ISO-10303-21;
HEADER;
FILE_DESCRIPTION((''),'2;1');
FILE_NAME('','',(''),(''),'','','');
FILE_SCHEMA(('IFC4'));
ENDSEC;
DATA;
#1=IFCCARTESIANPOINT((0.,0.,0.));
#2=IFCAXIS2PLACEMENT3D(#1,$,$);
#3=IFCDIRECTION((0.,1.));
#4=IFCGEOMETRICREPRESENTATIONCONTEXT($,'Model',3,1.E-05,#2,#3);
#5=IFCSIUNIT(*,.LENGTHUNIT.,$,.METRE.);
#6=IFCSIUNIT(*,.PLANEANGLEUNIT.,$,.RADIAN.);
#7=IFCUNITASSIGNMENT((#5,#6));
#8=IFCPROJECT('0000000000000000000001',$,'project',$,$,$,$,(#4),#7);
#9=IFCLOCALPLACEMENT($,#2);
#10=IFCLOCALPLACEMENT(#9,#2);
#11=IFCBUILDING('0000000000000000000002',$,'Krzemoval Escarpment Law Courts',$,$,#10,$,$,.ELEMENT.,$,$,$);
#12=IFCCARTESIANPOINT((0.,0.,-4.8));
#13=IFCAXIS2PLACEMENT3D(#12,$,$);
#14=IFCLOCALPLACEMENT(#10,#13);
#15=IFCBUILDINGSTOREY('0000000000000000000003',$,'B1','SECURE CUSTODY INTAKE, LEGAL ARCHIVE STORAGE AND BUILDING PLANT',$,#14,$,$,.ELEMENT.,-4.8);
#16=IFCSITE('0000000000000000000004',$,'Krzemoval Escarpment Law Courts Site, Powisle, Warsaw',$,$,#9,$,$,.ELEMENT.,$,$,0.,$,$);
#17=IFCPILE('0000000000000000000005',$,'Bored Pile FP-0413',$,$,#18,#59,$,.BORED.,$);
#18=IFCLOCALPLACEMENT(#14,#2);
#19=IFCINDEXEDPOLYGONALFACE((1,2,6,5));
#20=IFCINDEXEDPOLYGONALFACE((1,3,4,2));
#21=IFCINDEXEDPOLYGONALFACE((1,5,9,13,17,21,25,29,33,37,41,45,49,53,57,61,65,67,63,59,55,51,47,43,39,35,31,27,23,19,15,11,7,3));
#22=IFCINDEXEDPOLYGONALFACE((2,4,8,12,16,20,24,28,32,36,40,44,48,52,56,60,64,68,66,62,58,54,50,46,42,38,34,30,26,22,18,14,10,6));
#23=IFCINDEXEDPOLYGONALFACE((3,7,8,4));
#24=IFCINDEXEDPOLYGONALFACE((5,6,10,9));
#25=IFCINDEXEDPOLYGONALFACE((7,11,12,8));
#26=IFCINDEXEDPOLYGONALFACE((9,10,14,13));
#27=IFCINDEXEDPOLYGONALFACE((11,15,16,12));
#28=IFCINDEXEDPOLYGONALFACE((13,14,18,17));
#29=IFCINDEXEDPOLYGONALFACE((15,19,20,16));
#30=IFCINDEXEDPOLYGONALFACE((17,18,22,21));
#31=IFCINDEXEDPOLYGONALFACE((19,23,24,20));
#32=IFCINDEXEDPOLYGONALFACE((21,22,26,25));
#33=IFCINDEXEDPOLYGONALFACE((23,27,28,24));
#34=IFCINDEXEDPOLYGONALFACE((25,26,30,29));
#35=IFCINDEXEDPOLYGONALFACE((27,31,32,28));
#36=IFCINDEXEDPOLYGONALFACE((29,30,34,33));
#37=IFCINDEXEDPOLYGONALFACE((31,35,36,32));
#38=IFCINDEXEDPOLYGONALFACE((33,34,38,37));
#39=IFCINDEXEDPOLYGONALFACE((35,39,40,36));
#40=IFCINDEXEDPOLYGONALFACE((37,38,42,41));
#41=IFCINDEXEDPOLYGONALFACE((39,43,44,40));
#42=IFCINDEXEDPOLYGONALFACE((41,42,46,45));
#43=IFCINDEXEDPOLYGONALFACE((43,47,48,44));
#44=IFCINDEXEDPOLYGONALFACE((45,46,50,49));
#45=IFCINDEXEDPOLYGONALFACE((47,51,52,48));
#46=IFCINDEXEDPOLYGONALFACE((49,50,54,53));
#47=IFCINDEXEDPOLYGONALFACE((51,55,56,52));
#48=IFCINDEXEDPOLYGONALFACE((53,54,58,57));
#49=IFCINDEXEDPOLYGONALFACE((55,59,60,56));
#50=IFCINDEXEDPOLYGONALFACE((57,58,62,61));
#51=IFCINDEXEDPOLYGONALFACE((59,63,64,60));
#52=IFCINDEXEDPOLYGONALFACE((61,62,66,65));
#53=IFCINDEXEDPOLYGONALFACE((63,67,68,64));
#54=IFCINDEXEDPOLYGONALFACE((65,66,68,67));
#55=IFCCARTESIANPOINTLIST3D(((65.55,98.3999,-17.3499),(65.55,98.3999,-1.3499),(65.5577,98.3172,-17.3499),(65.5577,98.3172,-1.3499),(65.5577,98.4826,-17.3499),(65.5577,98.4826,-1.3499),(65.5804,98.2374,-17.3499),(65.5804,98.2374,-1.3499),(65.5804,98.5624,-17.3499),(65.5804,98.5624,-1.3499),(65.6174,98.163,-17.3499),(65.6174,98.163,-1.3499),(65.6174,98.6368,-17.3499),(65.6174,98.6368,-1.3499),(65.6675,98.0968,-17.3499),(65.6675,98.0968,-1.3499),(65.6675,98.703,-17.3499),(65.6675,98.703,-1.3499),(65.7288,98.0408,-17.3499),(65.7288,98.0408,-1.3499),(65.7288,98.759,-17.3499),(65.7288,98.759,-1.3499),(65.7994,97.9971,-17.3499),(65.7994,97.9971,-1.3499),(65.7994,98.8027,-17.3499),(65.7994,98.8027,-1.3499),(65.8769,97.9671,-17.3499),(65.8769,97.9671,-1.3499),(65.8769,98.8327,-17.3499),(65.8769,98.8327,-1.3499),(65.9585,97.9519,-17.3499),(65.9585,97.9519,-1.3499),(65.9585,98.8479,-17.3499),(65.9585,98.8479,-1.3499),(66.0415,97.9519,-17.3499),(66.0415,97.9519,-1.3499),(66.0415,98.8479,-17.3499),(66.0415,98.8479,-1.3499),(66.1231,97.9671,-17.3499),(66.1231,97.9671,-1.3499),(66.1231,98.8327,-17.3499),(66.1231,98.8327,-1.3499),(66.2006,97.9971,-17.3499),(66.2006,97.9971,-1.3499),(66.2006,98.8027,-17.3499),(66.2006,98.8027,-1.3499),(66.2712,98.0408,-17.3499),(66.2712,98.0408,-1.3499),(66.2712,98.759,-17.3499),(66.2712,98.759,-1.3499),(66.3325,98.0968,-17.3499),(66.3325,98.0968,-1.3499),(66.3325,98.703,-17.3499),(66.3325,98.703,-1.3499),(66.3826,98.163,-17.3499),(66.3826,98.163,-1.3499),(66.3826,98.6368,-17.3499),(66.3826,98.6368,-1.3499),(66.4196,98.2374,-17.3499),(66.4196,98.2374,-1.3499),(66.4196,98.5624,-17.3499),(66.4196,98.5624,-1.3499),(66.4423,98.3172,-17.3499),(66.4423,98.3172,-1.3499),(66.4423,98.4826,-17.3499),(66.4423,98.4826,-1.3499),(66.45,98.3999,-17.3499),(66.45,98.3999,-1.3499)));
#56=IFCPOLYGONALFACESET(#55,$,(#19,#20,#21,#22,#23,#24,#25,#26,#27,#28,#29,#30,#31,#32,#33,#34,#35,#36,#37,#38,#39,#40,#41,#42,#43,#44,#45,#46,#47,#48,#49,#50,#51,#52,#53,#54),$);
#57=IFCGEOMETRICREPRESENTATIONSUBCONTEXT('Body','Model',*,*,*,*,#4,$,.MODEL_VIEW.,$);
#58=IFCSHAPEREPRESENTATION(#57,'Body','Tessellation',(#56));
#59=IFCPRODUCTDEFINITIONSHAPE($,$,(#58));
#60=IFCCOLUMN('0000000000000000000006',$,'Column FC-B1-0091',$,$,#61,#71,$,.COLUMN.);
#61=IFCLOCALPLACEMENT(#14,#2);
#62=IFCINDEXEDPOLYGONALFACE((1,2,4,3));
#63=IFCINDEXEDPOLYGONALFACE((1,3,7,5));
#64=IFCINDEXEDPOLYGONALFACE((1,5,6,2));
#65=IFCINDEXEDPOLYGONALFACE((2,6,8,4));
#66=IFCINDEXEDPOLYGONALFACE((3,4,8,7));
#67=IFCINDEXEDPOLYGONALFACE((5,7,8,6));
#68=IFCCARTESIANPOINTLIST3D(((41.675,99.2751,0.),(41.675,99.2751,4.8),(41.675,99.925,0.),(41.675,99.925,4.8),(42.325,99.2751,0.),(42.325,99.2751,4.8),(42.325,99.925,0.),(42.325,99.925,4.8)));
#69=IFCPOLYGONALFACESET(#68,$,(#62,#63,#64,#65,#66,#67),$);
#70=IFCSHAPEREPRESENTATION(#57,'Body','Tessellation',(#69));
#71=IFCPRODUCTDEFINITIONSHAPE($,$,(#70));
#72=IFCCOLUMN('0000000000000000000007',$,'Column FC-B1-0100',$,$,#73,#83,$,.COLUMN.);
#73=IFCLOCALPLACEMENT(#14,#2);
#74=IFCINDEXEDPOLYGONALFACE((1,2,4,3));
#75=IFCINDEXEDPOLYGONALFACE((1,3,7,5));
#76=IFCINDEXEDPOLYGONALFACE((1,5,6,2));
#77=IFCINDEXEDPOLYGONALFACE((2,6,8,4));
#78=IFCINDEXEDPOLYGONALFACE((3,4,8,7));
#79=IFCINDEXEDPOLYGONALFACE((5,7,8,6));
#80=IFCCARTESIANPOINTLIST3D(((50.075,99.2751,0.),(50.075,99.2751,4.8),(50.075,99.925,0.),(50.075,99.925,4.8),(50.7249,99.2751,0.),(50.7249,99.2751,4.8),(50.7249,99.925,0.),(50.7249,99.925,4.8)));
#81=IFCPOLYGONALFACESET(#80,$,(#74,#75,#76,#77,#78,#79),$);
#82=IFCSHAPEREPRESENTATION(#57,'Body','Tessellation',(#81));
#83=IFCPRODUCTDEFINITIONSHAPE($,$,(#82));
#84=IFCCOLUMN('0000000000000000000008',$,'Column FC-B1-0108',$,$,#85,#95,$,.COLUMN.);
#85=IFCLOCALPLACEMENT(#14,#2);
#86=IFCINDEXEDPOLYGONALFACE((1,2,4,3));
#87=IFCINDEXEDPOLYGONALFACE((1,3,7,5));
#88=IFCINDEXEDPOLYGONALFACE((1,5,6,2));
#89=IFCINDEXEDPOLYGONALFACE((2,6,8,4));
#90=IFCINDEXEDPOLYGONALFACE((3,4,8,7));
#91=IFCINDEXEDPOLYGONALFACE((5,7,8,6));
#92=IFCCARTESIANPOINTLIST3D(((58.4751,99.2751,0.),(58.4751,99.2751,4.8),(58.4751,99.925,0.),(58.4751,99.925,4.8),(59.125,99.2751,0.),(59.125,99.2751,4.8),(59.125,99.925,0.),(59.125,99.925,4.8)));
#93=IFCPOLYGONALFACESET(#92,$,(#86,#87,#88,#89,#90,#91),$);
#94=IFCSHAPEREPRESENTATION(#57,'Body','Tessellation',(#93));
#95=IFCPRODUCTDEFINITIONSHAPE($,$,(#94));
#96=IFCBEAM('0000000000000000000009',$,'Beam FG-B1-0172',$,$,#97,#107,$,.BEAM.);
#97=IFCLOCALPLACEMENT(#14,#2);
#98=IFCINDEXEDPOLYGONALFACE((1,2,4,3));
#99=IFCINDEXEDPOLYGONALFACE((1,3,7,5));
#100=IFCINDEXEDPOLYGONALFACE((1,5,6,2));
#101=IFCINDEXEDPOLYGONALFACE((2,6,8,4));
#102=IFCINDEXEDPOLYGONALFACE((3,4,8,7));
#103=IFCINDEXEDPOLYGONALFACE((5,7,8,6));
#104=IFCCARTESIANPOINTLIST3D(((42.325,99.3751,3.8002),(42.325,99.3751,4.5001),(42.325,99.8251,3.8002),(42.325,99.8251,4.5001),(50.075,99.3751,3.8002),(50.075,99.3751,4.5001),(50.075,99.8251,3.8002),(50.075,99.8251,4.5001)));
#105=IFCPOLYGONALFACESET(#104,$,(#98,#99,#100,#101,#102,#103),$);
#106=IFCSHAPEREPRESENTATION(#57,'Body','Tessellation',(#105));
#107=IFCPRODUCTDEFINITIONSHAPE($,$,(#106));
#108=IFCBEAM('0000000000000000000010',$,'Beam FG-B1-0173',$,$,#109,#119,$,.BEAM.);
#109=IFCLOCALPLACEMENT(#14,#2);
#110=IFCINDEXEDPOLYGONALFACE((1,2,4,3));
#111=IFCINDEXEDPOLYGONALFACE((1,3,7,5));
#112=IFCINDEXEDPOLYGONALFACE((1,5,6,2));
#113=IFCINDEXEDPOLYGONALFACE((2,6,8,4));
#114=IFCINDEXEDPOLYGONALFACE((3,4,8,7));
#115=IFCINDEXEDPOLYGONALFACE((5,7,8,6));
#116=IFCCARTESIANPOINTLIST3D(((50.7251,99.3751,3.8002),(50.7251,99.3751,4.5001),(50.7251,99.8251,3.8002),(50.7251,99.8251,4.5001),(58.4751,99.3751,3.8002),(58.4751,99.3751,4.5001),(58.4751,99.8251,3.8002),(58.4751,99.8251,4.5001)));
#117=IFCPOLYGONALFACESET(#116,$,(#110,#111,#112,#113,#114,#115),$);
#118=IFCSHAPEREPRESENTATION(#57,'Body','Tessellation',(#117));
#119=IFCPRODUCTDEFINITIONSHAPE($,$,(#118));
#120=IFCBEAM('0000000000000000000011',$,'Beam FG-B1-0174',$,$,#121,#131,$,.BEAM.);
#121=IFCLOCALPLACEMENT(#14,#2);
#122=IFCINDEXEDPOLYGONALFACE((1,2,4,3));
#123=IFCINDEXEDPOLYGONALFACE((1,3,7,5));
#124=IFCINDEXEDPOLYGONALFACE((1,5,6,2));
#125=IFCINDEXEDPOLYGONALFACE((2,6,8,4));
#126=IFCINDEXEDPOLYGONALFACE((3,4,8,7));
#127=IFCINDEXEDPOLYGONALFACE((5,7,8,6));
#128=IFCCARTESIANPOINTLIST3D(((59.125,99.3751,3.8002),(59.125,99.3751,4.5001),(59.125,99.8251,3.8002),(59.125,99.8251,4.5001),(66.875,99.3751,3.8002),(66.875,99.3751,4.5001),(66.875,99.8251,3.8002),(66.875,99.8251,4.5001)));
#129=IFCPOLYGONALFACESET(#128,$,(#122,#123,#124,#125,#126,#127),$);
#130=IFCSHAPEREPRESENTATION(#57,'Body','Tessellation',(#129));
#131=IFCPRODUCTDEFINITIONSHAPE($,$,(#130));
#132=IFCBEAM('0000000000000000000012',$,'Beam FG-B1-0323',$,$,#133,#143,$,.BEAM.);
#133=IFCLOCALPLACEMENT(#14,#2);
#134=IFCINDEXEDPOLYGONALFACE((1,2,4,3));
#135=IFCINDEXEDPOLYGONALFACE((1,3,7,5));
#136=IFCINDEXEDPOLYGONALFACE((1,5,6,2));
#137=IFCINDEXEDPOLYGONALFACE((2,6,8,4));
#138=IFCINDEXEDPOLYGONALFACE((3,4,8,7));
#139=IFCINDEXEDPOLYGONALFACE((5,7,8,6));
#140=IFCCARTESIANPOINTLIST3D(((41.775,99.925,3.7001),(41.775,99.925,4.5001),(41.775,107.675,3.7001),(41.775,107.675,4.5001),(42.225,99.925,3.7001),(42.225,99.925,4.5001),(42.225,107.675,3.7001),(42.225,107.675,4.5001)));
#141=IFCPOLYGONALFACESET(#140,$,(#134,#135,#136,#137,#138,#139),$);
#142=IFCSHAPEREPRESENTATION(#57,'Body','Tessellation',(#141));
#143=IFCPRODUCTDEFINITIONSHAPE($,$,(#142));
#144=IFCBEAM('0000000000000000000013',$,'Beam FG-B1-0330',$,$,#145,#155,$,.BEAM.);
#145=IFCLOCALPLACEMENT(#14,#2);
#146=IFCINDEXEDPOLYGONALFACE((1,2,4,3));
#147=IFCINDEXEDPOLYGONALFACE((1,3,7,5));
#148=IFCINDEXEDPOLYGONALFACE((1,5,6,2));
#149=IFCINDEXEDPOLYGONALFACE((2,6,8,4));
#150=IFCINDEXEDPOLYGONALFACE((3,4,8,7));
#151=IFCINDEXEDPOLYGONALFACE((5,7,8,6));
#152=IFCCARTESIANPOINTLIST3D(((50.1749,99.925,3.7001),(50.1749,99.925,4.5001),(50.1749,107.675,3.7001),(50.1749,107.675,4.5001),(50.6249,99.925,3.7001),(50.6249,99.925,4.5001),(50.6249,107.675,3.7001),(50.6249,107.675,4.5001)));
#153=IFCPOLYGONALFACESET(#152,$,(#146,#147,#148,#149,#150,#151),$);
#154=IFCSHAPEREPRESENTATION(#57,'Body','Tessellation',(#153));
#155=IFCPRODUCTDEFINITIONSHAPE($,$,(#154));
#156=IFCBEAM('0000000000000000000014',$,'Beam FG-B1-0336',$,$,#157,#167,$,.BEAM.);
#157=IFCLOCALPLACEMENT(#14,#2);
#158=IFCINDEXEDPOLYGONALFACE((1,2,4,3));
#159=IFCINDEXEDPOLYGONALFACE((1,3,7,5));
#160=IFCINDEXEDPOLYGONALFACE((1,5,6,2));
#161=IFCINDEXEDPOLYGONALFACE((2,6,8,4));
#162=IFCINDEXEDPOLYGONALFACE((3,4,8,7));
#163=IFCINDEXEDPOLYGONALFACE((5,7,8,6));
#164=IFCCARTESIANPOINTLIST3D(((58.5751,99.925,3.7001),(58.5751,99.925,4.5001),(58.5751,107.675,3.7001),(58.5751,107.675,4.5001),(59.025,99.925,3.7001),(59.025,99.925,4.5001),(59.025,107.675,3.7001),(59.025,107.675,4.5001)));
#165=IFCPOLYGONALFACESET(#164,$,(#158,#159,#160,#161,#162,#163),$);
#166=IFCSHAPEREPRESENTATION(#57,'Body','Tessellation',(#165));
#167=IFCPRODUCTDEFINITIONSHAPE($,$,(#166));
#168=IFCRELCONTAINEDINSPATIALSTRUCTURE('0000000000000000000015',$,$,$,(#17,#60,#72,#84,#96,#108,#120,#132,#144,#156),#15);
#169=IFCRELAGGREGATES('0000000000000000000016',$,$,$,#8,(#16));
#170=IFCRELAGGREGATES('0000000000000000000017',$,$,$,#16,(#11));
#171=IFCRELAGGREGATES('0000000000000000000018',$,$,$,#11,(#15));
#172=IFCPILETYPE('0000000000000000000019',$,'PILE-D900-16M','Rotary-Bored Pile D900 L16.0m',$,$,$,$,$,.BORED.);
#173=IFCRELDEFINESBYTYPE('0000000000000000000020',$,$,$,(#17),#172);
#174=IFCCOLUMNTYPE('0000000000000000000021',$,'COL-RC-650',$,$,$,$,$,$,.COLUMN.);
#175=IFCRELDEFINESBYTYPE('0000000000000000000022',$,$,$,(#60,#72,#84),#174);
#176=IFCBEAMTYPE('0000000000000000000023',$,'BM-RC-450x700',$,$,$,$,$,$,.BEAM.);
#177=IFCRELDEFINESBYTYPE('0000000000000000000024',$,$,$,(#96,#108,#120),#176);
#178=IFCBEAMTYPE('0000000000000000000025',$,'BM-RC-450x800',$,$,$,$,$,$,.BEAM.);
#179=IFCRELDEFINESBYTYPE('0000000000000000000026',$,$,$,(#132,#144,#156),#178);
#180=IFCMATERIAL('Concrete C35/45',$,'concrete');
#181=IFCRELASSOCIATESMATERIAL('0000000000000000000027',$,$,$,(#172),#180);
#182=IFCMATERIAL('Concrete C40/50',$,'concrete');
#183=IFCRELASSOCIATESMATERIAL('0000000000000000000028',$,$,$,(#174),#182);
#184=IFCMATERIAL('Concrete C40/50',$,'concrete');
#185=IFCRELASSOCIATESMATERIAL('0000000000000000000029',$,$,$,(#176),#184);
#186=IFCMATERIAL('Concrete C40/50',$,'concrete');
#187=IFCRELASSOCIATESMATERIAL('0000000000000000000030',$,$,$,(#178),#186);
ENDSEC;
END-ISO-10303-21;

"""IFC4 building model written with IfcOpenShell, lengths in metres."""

from ifc_helpers import new_model, si_unit, direction, frame, origin, origin_2d, place, context, subcontext, project, spatial, rectangle, circle, extrude, material, material_profile, profile_set, type_object, element, save


model = new_model("IFC4")

# Units and contexts
model_context = context("Model", 3, precision=1e-05, world=origin(), true_north=direction((0.0, 1.0)))
body_context = subcontext(model_context, "Body", "Model", "MODEL_VIEW")
ifc_project = project(units=[si_unit("LENGTHUNIT", "METRE"), si_unit("PLANEANGLEUNIT", "RADIAN")], contexts=[model_context])

# Site, building, storey
site_placement = place(None, origin())
site = spatial("IfcSite", under=ifc_project, at=site_placement, Name="Krzemoval Escarpment Law Courts Site, Powisle, Warsaw", CompositionType="ELEMENT", RefElevation=0.0)
building_placement = place(site_placement, origin())
building = spatial("IfcBuilding", under=site, at=building_placement, Name="Krzemoval Escarpment Law Courts", CompositionType="ELEMENT")
storey_placement = place(building_placement, frame((0.0, 0.0, -4.8)))
storey = spatial("IfcBuildingStorey", under=building, at=storey_placement, Name="B1", Description="SECURE CUSTODY INTAKE, LEGAL ARCHIVE STORAGE AND BUILDING PLANT", CompositionType="ELEMENT", Elevation=-4.8)

# Pile
ifc_material_1 = material(Name="Concrete C35/45", Category="concrete")
ifc_material_profile_1 = material_profile(ifc_material_1, circle(Radius=0.45, at=origin_2d()), Name="PILE D900")
ifc_profile_set_1 = profile_set([ifc_material_profile_1], Name="Concrete C35/45")
pile_type = type_object("IfcPileType", Name="PILE-D900-16M", Description="Rotary-Bored Pile D900 L16.0m", PredefinedType="BORED", material=ifc_profile_set_1)
for number, where, z_axis, x_axis, name in (
    (1, (66.0, 98.3999, -1.3499), (0.0, 0.0, -1.0), (1.0, 0.0, 0.0), "Bored Pile FP-0413"),
):
    element("IfcPile", number, at=place(storey_placement, frame(where, z_axis=z_axis, x_axis=x_axis)), inside=storey, type_object=pile_type, Name=name, PredefinedType="BORED", context=body_context, shape_type="SweptSolid", body=[
        extrude(circle(Radius=0.45, at=origin_2d()), origin(), (0.0, 0.0, 1.0), 16.0),
    ])

# Columns
ifc_material_2 = material(Name="Concrete C40/50", Category="concrete")
ifc_material_profile_2 = material_profile(ifc_material_2, rectangle(XDim=0.6499, YDim=0.6499, at=origin_2d()), Name="RC 650x650")
ifc_profile_set_2 = profile_set([ifc_material_profile_2], Name="Concrete C40/50")
column_type = type_object("IfcColumnType", Name="COL-RC-650", PredefinedType="COLUMN", material=ifc_profile_set_2)
for number, where, z_axis, x_axis, name in (
    (2, (42.0, 99.6001, 0.0), (0.0, 0.0, 1.0), (1.0, 0.0, 0.0), "Column FC-B1-0091"),
    (3, (50.3999, 99.6001, 0.0), (0.0, 0.0, 1.0), (1.0, 0.0, 0.0), "Column FC-B1-0100"),
    (4, (58.8, 99.6001, 0.0), (0.0, 0.0, 1.0), (1.0, 0.0, 0.0), "Column FC-B1-0108"),
):
    element("IfcColumn", number, at=place(storey_placement, frame(where, z_axis=z_axis, x_axis=x_axis)), inside=storey, type_object=column_type, Name=name, PredefinedType="COLUMN", context=body_context, shape_type="SweptSolid", body=[
        extrude(rectangle(XDim=0.6499, YDim=0.6499, at=origin_2d()), origin(), (0.0, 0.0, 1.0), 4.8),
    ])

# Beams
ifc_material_3 = material(Name="Concrete C40/50", Category="concrete")
ifc_material_profile_3 = material_profile(ifc_material_3, rectangle(XDim=0.45, YDim=0.7, at=origin_2d()), Name="RCB 450x700")
ifc_profile_set_3 = profile_set([ifc_material_profile_3], Name="Concrete C40/50")
beam_type_1 = type_object("IfcBeamType", Name="BM-RC-450x700", PredefinedType="BEAM", material=ifc_profile_set_3)
for number, where, z_axis, x_axis, name in (
    (5, (42.325, 99.6001, 4.1501), (1.0, 0.0, 0.0), (0.0, 1.0, 0.0), "Beam FG-B1-0172"),
    (6, (50.7251, 99.6001, 4.1501), (1.0, 0.0, 0.0), (0.0, 1.0, 0.0), "Beam FG-B1-0173"),
    (7, (59.125, 99.6001, 4.1501), (1.0, 0.0, 0.0), (0.0, 1.0, 0.0), "Beam FG-B1-0174"),
):
    element("IfcBeam", number, at=place(storey_placement, frame(where, z_axis=z_axis, x_axis=x_axis)), inside=storey, type_object=beam_type_1, Name=name, PredefinedType="BEAM", context=body_context, shape_type="SweptSolid", body=[
        extrude(rectangle(XDim=0.45, YDim=0.7, at=origin_2d()), origin(), (0.0, 0.0, 1.0), 7.75),
    ])
ifc_material_4 = material(Name="Concrete C40/50", Category="concrete")
ifc_material_profile_4 = material_profile(ifc_material_4, rectangle(XDim=0.45, YDim=0.8, at=origin_2d()), Name="RCB 450x800")
ifc_profile_set_4 = profile_set([ifc_material_profile_4], Name="Concrete C40/50")
beam_type_2 = type_object("IfcBeamType", Name="BM-RC-450x800", PredefinedType="BEAM", material=ifc_profile_set_4)
for number, where, z_axis, x_axis, name in (
    (8, (42.0, 99.925, 4.1001), (0.0, 1.0, 0.0), (-1.0, 0.0, 0.0), "Beam FG-B1-0323"),
    (9, (50.3999, 99.925, 4.1001), (0.0, 1.0, 0.0), (-1.0, 0.0, 0.0), "Beam FG-B1-0330"),
    (10, (58.8, 99.925, 4.1001), (0.0, 1.0, 0.0), (-1.0, 0.0, 0.0), "Beam FG-B1-0336"),
):
    element("IfcBeam", number, at=place(storey_placement, frame(where, z_axis=z_axis, x_axis=x_axis)), inside=storey, type_object=beam_type_2, Name=name, PredefinedType="BEAM", context=body_context, shape_type="SweptSolid", body=[
        extrude(rectangle(XDim=0.45, YDim=0.8, at=origin_2d()), origin(), (0.0, 0.0, 1.0), 7.75),
    ])

save(model, "model.ifc")
